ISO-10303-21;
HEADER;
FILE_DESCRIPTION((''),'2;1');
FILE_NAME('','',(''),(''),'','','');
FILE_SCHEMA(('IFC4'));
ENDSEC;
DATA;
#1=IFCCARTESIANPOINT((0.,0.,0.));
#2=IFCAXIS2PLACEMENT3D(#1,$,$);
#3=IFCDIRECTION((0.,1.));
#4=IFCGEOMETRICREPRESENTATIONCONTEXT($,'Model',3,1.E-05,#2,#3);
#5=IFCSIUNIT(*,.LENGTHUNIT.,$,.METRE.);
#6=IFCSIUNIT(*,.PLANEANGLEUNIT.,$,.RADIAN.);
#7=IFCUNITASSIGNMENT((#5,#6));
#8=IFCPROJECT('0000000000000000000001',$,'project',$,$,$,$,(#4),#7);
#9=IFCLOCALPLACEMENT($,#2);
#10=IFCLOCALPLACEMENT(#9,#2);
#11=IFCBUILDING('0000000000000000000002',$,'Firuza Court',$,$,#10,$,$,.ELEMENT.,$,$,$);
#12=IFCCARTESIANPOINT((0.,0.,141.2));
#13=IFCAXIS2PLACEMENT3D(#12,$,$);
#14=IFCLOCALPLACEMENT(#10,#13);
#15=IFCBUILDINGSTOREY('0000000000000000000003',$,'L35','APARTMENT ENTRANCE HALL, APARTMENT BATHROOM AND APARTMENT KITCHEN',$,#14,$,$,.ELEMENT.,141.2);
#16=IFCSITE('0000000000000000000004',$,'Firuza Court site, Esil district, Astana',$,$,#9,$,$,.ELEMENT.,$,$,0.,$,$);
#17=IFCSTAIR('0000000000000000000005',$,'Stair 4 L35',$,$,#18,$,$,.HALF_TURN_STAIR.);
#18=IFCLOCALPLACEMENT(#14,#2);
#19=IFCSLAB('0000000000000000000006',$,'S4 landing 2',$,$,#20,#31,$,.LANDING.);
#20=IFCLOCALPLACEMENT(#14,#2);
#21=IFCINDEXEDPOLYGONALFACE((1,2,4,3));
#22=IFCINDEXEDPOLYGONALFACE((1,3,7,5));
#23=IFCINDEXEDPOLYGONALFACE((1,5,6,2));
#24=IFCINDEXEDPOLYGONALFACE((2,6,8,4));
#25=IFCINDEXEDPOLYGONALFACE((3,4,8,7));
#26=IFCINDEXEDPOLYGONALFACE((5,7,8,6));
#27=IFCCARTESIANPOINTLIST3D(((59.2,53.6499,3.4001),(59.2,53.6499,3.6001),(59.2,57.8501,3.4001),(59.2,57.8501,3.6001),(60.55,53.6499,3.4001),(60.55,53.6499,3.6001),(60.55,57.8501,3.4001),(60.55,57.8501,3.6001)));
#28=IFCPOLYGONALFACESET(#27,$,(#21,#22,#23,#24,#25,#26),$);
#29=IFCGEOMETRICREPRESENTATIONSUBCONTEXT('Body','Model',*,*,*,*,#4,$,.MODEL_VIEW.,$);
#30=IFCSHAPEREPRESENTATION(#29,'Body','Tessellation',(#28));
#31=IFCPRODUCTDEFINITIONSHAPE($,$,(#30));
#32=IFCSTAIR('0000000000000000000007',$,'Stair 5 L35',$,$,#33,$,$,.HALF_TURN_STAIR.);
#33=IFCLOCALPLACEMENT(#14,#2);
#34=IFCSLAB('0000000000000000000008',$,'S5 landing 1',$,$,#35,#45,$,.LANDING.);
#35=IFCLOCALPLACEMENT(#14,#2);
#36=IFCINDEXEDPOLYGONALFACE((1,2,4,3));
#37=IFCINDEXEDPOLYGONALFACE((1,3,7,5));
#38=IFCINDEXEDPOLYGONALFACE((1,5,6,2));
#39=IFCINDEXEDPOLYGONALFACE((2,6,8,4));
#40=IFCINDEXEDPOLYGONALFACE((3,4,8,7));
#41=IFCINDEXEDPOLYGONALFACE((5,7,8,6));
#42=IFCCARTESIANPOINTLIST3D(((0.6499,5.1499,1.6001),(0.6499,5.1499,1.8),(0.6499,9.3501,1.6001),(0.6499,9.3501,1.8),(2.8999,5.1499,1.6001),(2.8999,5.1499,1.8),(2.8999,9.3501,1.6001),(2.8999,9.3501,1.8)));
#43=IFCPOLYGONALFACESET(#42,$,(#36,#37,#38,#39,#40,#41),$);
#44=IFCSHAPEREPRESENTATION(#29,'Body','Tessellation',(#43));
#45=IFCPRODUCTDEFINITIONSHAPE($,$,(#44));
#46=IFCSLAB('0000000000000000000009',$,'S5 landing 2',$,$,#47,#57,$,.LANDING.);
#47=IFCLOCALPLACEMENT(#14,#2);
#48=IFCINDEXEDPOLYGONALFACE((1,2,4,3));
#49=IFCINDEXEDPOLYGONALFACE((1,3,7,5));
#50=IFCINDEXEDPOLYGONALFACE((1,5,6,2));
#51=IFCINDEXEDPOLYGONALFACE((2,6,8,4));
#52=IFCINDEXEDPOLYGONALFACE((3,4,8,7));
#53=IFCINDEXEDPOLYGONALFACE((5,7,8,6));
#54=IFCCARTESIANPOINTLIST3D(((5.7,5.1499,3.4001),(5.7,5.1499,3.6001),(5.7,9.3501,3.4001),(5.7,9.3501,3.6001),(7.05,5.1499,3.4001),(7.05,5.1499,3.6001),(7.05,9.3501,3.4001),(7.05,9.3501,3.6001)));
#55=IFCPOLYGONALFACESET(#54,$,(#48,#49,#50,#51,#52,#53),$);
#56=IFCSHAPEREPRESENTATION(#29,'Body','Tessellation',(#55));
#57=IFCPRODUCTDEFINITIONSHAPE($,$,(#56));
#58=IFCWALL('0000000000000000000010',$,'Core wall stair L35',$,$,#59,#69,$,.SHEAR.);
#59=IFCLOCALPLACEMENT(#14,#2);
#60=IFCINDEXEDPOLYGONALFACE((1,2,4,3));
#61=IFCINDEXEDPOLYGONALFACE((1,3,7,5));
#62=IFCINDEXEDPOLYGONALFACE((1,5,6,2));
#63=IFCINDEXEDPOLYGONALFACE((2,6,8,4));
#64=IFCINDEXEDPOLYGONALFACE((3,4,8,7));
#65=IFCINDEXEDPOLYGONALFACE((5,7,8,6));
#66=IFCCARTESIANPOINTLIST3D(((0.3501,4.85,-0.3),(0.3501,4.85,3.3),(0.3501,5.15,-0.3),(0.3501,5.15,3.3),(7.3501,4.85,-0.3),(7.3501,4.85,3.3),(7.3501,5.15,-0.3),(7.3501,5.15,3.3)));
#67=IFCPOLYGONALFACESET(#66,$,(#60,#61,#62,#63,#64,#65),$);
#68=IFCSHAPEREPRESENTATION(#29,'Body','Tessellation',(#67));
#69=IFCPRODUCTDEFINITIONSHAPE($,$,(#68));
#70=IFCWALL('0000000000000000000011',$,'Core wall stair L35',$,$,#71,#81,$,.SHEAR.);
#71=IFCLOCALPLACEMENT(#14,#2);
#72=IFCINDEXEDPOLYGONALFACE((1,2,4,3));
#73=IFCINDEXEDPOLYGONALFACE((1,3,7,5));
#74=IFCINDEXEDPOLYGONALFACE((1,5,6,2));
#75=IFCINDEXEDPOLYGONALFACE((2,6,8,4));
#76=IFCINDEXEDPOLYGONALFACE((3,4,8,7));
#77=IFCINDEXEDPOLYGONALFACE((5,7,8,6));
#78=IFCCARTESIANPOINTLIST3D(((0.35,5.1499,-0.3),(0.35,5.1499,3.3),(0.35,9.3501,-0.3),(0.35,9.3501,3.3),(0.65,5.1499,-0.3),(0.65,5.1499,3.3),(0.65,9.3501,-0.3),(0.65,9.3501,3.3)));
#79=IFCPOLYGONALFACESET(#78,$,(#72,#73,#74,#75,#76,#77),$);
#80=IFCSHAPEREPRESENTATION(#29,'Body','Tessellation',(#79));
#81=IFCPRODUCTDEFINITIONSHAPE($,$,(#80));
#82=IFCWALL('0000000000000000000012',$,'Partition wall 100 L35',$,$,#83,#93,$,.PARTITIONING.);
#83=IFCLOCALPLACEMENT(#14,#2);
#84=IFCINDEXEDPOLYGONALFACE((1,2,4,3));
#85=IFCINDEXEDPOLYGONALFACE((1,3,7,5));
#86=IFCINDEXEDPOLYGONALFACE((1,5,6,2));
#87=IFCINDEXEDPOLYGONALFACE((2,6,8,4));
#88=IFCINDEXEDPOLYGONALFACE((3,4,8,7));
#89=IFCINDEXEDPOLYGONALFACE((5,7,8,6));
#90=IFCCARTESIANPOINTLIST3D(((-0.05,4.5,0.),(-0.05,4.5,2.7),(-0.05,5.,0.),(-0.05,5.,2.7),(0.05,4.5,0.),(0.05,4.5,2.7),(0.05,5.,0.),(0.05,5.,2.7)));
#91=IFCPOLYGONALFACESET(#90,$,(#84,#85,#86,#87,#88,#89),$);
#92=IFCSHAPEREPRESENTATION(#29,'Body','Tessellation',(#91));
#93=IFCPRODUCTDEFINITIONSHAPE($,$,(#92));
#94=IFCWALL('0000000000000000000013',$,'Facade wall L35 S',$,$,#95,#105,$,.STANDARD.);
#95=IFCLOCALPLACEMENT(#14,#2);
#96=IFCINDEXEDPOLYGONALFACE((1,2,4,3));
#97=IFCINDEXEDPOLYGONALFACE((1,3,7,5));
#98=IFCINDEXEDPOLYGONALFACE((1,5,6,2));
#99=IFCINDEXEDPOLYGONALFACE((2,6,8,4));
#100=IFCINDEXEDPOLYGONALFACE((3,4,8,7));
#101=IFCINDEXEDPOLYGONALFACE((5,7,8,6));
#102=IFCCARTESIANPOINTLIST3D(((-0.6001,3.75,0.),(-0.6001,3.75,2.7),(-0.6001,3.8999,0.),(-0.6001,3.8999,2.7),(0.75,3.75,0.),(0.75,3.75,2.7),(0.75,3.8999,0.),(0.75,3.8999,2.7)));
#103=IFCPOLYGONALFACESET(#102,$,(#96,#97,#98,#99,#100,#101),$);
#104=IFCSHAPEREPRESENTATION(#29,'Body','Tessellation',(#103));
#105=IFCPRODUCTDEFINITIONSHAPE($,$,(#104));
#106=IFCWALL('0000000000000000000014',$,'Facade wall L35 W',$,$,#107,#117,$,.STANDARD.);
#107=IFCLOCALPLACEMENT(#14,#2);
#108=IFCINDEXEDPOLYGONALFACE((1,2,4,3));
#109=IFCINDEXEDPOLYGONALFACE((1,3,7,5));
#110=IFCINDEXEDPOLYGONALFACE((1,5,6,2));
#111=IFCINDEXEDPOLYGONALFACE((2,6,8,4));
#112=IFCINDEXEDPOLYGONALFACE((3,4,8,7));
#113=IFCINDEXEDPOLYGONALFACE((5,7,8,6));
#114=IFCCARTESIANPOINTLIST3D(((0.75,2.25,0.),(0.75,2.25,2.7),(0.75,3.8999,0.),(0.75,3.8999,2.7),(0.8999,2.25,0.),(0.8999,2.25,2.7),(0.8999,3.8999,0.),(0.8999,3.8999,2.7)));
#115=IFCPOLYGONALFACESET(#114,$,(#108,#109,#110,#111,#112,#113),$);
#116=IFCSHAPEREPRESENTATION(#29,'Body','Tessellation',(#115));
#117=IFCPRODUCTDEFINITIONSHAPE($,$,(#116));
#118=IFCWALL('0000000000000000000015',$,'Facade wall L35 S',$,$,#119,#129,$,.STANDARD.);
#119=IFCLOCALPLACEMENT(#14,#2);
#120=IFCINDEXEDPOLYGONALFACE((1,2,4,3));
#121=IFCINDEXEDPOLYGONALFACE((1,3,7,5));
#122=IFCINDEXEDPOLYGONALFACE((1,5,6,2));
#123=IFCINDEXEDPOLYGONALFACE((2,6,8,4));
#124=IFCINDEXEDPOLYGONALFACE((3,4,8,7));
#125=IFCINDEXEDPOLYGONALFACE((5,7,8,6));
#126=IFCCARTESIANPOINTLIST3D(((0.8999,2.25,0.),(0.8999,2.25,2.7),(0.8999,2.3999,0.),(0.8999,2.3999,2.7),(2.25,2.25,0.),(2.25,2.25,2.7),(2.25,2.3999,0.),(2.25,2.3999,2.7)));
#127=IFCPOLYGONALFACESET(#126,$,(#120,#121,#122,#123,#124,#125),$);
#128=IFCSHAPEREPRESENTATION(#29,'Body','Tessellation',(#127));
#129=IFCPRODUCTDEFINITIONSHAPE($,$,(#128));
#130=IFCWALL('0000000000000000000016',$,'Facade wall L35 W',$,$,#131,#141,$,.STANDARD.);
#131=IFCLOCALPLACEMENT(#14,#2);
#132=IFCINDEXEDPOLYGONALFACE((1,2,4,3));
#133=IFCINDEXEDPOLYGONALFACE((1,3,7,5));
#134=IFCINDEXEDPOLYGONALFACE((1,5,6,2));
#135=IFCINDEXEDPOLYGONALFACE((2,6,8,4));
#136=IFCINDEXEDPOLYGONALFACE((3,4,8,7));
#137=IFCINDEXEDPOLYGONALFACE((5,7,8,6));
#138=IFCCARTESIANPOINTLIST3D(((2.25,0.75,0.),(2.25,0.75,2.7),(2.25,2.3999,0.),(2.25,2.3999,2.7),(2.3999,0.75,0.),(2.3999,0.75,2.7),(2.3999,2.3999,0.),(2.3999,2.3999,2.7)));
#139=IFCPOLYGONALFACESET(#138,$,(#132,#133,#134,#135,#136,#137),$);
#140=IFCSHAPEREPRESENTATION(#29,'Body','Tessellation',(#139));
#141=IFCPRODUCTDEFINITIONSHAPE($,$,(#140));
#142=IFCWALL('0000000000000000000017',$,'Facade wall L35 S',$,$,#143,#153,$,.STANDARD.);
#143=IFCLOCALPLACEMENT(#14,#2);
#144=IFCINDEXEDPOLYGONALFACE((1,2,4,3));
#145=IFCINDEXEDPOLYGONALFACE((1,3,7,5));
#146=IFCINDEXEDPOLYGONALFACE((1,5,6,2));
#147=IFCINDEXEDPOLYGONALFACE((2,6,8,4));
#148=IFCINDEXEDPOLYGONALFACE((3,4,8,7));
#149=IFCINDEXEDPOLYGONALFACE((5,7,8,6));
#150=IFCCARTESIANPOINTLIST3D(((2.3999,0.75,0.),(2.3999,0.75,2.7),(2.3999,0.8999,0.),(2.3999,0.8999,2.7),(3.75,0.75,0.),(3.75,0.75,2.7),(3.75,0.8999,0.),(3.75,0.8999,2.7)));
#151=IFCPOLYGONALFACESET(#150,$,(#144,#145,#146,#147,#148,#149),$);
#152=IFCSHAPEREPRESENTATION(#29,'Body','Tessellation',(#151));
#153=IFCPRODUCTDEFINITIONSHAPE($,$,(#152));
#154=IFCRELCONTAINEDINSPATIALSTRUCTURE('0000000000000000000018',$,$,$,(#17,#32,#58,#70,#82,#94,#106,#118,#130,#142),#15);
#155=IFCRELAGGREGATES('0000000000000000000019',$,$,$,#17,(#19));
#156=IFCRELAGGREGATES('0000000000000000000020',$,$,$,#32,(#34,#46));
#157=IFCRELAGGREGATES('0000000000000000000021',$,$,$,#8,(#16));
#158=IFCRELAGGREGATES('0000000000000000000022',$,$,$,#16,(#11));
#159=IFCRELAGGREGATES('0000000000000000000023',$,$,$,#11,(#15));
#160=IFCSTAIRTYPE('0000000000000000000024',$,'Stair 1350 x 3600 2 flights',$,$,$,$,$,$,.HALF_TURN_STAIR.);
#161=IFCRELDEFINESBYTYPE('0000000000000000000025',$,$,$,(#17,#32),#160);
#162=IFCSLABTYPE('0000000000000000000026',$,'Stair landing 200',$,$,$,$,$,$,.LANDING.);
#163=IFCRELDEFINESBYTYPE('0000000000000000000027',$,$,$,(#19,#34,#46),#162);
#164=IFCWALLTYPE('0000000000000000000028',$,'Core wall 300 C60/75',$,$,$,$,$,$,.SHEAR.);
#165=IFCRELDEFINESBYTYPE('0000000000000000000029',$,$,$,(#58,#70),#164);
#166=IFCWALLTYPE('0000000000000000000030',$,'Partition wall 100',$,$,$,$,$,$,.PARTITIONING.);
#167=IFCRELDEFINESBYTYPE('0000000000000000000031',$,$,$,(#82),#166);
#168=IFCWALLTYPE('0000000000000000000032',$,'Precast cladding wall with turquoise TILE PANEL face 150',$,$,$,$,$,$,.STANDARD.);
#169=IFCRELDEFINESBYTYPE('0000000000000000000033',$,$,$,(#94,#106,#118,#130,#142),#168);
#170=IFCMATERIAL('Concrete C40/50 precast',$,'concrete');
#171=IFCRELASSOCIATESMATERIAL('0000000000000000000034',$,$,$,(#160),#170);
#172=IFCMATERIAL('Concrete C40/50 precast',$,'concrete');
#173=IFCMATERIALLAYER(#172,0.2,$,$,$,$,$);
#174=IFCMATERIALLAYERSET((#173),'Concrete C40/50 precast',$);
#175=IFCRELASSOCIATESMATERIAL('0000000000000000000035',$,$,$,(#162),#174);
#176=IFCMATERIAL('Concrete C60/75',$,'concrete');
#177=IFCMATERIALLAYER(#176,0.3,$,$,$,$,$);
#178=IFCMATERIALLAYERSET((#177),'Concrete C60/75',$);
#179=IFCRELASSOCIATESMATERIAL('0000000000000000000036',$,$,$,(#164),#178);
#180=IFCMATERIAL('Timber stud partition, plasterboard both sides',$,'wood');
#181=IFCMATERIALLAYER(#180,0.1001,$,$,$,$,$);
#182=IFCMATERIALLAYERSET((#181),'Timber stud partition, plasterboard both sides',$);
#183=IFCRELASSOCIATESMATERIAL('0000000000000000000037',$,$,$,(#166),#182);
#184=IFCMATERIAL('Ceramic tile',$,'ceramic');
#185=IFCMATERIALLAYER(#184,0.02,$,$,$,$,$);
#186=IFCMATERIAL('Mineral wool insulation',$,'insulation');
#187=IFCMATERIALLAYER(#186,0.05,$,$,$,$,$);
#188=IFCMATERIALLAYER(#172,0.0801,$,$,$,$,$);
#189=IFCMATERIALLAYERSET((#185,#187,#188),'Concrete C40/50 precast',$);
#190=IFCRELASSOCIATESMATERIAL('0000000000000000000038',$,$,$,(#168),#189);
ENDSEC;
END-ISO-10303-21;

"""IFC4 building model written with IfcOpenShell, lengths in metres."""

from ifc_helpers import new_model, si_unit, direction, frame, frame_2d, origin, place, context, subcontext, project, spatial, polyline, rectangle, outline, extrude, material, layer, layer_set, type_object, element, aggregate, save


model = new_model("IFC4")

# Units and contexts
model_context = context("Model", 3, precision=1e-05, world=origin(), true_north=direction((0.0, 1.0)))
body_context = subcontext(model_context, "Body", "Model", "MODEL_VIEW")
ifc_project = project(units=[si_unit("LENGTHUNIT", "METRE"), si_unit("PLANEANGLEUNIT", "RADIAN")], contexts=[model_context])

# Site, building, storey
site_placement = place(None, origin())
site = spatial("IfcSite", under=ifc_project, at=site_placement, Name="Firuza Court site, Esil district, Astana", CompositionType="ELEMENT", RefElevation=0.0)
building_placement = place(site_placement, origin())
building = spatial("IfcBuilding", under=site, at=building_placement, Name="Firuza Court", CompositionType="ELEMENT")
storey_placement = place(building_placement, frame((0.0, 0.0, 141.2)))
storey = spatial("IfcBuildingStorey", under=building, at=storey_placement, Name="L35", Description="APARTMENT ENTRANCE HALL, APARTMENT BATHROOM AND APARTMENT KITCHEN", CompositionType="ELEMENT", Elevation=141.2)

# Stairs, slabs
ifc_material_1 = material(Name="Concrete C40/50 precast", Category="concrete")
stair_type = type_object("IfcStairType", Name="Stair 1350 x 3600 2 flights", PredefinedType="HALF_TURN_STAIR", material=ifc_material_1)
ifc_material_2 = material(Name="Concrete C40/50 precast", Category="concrete")
ifc_layer_1 = layer(ifc_material_2, 0.2)
ifc_layer_set_1 = layer_set([ifc_layer_1], Name="Concrete C40/50 precast")
slab_type_1 = type_object("IfcSlabType", Name="Stair landing 200", PredefinedType="LANDING", material=ifc_layer_set_1)
stair_1_placement = place(storey_placement, origin())
stair_1 = element("IfcStair", 1, at=stair_1_placement, inside=storey, type_object=stair_type, Name="Stair 4 L35", PredefinedType="HALF_TURN_STAIR")
slab_1_placement = place(storey_placement, frame((0.0, 0.0, 3.4001)))
slab_1 = element("IfcSlab", 2, at=slab_1_placement, type_object=slab_type_1, Name="S4 landing 2", PredefinedType="LANDING", context=body_context, shape_type="SweptSolid", body=[
    extrude(outline(polyline([(60.55, 53.6499), (60.55, 57.8501), (59.2, 57.8501), (59.2, 53.6499), (60.55, 53.6499)])), origin(), (0.0, 0.0, 1.0), 0.2),
])
aggregate(stair_1, [slab_1])
stair_2_placement = place(storey_placement, origin())
stair_2 = element("IfcStair", 3, at=stair_2_placement, inside=storey, type_object=stair_type, Name="Stair 5 L35", PredefinedType="HALF_TURN_STAIR")
slab_2_placement = place(storey_placement, frame((0.0, 0.0, 1.6001)))
slab_2 = element("IfcSlab", 4, at=slab_2_placement, type_object=slab_type_1, Name="S5 landing 1", PredefinedType="LANDING", context=body_context, shape_type="SweptSolid", body=[
    extrude(outline(polyline([(2.8999, 5.1499), (2.8999, 9.3501), (0.6499, 9.3501), (0.6499, 5.1499), (2.8999, 5.1499)])), origin(), (0.0, 0.0, 1.0), 0.2),
])
slab_3_placement = place(storey_placement, frame((0.0, 0.0, 3.4001)))
slab_3 = element("IfcSlab", 5, at=slab_3_placement, type_object=slab_type_1, Name="S5 landing 2", PredefinedType="LANDING", context=body_context, shape_type="SweptSolid", body=[
    extrude(outline(polyline([(7.05, 5.1499), (7.05, 9.3501), (5.7, 9.3501), (5.7, 5.1499), (7.05, 5.1499)])), origin(), (0.0, 0.0, 1.0), 0.2),
])
aggregate(stair_2, [slab_2, slab_3])

# Walls
ifc_material_3 = material(Name="Concrete C60/75", Category="concrete")
ifc_layer_2 = layer(ifc_material_3, 0.3)
ifc_layer_set_2 = layer_set([ifc_layer_2], Name="Concrete C60/75")
wall_type_1 = type_object("IfcWallType", Name="Core wall 300 C60/75", PredefinedType="SHEAR", material=ifc_layer_set_2)
wall_1_placement = place(storey_placement, frame((0.3501, 5.0, -0.3), z_axis=(0.0, 0.0, 1.0), x_axis=(1.0, 0.0, 0.0)))
element("IfcWall", 6, at=wall_1_placement, inside=storey, type_object=wall_type_1, Name="Core wall stair L35", PredefinedType="SHEAR", context=body_context, shape_type="SweptSolid", body=[
    extrude(rectangle(XDim=7.0, YDim=0.3, at=frame_2d((3.5, 0.0))), origin(), (0.0, 0.0, 1.0), 3.6001),
])
wall_2_placement = place(storey_placement, frame((0.5, 5.1499, -0.3), z_axis=(0.0, 0.0, 1.0), x_axis=(0.0, 1.0, 0.0)))
element("IfcWall", 7, at=wall_2_placement, inside=storey, type_object=wall_type_1, Name="Core wall stair L35", PredefinedType="SHEAR", context=body_context, shape_type="SweptSolid", body=[
    extrude(rectangle(XDim=4.2002, YDim=0.3, at=frame_2d((2.1001, 0.0))), origin(), (0.0, 0.0, 1.0), 3.6001),
])
ifc_material_4 = material(Name="Timber stud partition, plasterboard both sides", Category="wood")
ifc_layer_3 = layer(ifc_material_4, 0.1001)
ifc_layer_set_3 = layer_set([ifc_layer_3], Name="Timber stud partition, plasterboard both sides")
wall_type_2 = type_object("IfcWallType", Name="Partition wall 100", PredefinedType="PARTITIONING", material=ifc_layer_set_3)
wall_3_placement = place(storey_placement, frame((0.0, 4.5, 0.0), z_axis=(0.0, 0.0, 1.0), x_axis=(0.0, 1.0, 0.0)))
element("IfcWall", 8, at=wall_3_placement, inside=storey, type_object=wall_type_2, Name="Partition wall 100 L35", PredefinedType="PARTITIONING", context=body_context, shape_type="SweptSolid", body=[
    extrude(rectangle(XDim=0.5, YDim=0.1001, at=frame_2d((0.25, 0.0))), origin(), (0.0, 0.0, 1.0), 2.7),
])
ifc_material_5 = material(Name="Ceramic tile", Category="ceramic")
ifc_layer_4 = layer(ifc_material_5, 0.02)
ifc_material_6 = material(Name="Mineral wool insulation", Category="insulation")
ifc_layer_5 = layer(ifc_material_6, 0.05)
ifc_layer_6 = layer(ifc_material_2, 0.0801)
ifc_layer_set_4 = layer_set([ifc_layer_4, ifc_layer_5, ifc_layer_6], Name="Concrete C40/50 precast")
wall_type_3 = type_object("IfcWallType", Name="Precast cladding wall with turquoise TILE PANEL face 150", PredefinedType="STANDARD", material=ifc_layer_set_4)
wall_4_placement = place(storey_placement, frame((-0.6001, 3.825, 0.0), z_axis=(0.0, 0.0, 1.0), x_axis=(1.0, 0.0, 0.0)))
element("IfcWall", 9, at=wall_4_placement, inside=storey, type_object=wall_type_3, Name="Facade wall L35 S", PredefinedType="STANDARD", context=body_context, shape_type="SweptSolid", body=[
    extrude(rectangle(XDim=1.3501, YDim=0.1499, at=frame_2d((0.675, 0.0))), origin(), (0.0, 0.0, 1.0), 2.7),
])
wall_5_placement = place(storey_placement, frame((0.825, 3.8999, 0.0), z_axis=(0.0, 0.0, 1.0), x_axis=(0.0, -1.0, 0.0)))
element("IfcWall", 10, at=wall_5_placement, inside=storey, type_object=wall_type_3, Name="Facade wall L35 W", PredefinedType="STANDARD", context=body_context, shape_type="SweptSolid", body=[
    extrude(rectangle(XDim=1.6499, YDim=0.1499, at=frame_2d((0.825, 0.0))), origin(), (0.0, 0.0, 1.0), 2.7),
])
wall_6_placement = place(storey_placement, frame((0.8999, 2.325, 0.0), z_axis=(0.0, 0.0, 1.0), x_axis=(1.0, 0.0, 0.0)))
element("IfcWall", 11, at=wall_6_placement, inside=storey, type_object=wall_type_3, Name="Facade wall L35 S", PredefinedType="STANDARD", context=body_context, shape_type="SweptSolid", body=[
    extrude(rectangle(XDim=1.3501, YDim=0.1499, at=frame_2d((0.675, 0.0))), origin(), (0.0, 0.0, 1.0), 2.7),
])
wall_7_placement = place(storey_placement, frame((2.325, 2.3999, 0.0), z_axis=(0.0, 0.0, 1.0), x_axis=(0.0, -1.0, 0.0)))
element("IfcWall", 12, at=wall_7_placement, inside=storey, type_object=wall_type_3, Name="Facade wall L35 W", PredefinedType="STANDARD", context=body_context, shape_type="SweptSolid", body=[
    extrude(rectangle(XDim=1.6499, YDim=0.1499, at=frame_2d((0.825, 0.0))), origin(), (0.0, 0.0, 1.0), 2.7),
])
wall_8_placement = place(storey_placement, frame((2.3999, 0.825, 0.0), z_axis=(0.0, 0.0, 1.0), x_axis=(1.0, 0.0, 0.0)))
element("IfcWall", 13, at=wall_8_placement, inside=storey, type_object=wall_type_3, Name="Facade wall L35 S", PredefinedType="STANDARD", context=body_context, shape_type="SweptSolid", body=[
    extrude(rectangle(XDim=1.3501, YDim=0.1499, at=frame_2d((0.675, 0.0))), origin(), (0.0, 0.0, 1.0), 2.7),
])

save(model, "model.ifc")
